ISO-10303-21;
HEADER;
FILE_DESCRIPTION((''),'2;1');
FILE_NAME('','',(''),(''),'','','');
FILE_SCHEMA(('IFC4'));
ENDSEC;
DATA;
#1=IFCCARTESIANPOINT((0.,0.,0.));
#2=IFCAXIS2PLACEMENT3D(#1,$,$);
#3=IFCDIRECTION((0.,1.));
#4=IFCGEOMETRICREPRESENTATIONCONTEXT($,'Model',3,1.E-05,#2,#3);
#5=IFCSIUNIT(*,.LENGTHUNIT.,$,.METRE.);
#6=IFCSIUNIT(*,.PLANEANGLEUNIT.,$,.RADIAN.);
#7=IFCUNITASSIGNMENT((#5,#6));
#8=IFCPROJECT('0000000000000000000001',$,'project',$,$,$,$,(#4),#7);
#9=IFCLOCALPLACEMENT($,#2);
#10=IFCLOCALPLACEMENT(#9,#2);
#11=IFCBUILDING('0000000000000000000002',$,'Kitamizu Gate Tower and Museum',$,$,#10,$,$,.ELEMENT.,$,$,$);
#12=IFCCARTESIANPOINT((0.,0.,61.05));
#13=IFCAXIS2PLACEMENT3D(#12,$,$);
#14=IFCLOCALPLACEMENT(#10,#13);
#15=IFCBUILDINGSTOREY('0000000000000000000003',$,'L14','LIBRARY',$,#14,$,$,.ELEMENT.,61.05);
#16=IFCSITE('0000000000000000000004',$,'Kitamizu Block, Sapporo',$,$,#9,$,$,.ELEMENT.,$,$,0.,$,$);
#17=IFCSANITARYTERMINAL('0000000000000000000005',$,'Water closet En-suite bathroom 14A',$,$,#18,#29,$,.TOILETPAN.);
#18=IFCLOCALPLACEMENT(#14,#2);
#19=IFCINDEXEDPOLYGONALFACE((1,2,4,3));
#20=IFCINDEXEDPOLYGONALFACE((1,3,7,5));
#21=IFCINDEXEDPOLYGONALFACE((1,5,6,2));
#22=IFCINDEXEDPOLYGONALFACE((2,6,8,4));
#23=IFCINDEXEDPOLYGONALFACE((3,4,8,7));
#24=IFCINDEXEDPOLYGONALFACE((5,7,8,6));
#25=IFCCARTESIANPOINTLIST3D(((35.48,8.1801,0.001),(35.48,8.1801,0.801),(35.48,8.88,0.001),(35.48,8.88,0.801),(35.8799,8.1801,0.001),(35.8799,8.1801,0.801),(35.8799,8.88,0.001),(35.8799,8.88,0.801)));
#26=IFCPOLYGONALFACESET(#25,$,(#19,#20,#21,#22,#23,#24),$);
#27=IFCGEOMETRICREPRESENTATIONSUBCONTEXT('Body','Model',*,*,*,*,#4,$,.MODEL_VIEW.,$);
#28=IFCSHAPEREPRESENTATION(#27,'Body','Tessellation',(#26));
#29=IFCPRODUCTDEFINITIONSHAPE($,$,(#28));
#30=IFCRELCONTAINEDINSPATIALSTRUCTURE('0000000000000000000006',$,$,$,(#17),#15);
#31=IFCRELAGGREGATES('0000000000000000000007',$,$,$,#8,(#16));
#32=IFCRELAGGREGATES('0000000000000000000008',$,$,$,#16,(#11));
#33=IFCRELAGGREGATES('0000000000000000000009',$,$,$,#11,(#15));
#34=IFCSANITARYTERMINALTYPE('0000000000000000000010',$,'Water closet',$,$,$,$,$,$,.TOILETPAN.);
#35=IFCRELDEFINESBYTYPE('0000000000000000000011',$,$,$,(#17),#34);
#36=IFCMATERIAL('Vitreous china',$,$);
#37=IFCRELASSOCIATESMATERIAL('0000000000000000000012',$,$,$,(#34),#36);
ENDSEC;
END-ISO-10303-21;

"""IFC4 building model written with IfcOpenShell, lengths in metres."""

from ifc_helpers import new_model, si_unit, direction, frame, origin, origin_2d, place, context, subcontext, project, spatial, rectangle, extrude, material, type_object, element, save


model = new_model("IFC4")

# Units and contexts
model_context = context("Model", 3, precision=1e-05, world=origin(), true_north=direction((0.0, 1.0)))
body_context = subcontext(model_context, "Body", "Model", "MODEL_VIEW")
ifc_project = project(units=[si_unit("LENGTHUNIT", "METRE"), si_unit("PLANEANGLEUNIT", "RADIAN")], contexts=[model_context])

# Site, building, storey
site_placement = place(None, origin())
site = spatial("IfcSite", under=ifc_project, at=site_placement, Name="Kitamizu Block, Sapporo", CompositionType="ELEMENT", RefElevation=0.0)
building_placement = place(site_placement, origin())
building = spatial("IfcBuilding", under=site, at=building_placement, Name="Kitamizu Gate Tower and Museum", CompositionType="ELEMENT")
storey_placement = place(building_placement, frame((0.0, 0.0, 61.05)))
storey = spatial("IfcBuildingStorey", under=building, at=storey_placement, Name="L14", Description="LIBRARY", CompositionType="ELEMENT", Elevation=61.05)

# Sanitary terminal
ifc_material_1 = material(Name="Vitreous china")
sanitary_terminal_type_1 = type_object("IfcSanitaryTerminalType", Name="Water closet", PredefinedType="TOILETPAN", material=ifc_material_1)
sanitary_terminal_1_placement = place(storey_placement, frame((35.6799, 8.53, 0.001), z_axis=(0.0, 0.0, 1.0), x_axis=(1.0, 0.0, 0.0)))
element("IfcSanitaryTerminal", 1, at=sanitary_terminal_1_placement, inside=storey, type_object=sanitary_terminal_type_1, Name="Water closet En-suite bathroom 14A", PredefinedType="TOILETPAN", context=body_context, shape_type="SweptSolid", body=[
    extrude(rectangle(XDim=0.3999, YDim=0.7, at=origin_2d()), origin(), (0.0, 0.0, 1.0), 0.8),
])

save(model, "model.ifc")
